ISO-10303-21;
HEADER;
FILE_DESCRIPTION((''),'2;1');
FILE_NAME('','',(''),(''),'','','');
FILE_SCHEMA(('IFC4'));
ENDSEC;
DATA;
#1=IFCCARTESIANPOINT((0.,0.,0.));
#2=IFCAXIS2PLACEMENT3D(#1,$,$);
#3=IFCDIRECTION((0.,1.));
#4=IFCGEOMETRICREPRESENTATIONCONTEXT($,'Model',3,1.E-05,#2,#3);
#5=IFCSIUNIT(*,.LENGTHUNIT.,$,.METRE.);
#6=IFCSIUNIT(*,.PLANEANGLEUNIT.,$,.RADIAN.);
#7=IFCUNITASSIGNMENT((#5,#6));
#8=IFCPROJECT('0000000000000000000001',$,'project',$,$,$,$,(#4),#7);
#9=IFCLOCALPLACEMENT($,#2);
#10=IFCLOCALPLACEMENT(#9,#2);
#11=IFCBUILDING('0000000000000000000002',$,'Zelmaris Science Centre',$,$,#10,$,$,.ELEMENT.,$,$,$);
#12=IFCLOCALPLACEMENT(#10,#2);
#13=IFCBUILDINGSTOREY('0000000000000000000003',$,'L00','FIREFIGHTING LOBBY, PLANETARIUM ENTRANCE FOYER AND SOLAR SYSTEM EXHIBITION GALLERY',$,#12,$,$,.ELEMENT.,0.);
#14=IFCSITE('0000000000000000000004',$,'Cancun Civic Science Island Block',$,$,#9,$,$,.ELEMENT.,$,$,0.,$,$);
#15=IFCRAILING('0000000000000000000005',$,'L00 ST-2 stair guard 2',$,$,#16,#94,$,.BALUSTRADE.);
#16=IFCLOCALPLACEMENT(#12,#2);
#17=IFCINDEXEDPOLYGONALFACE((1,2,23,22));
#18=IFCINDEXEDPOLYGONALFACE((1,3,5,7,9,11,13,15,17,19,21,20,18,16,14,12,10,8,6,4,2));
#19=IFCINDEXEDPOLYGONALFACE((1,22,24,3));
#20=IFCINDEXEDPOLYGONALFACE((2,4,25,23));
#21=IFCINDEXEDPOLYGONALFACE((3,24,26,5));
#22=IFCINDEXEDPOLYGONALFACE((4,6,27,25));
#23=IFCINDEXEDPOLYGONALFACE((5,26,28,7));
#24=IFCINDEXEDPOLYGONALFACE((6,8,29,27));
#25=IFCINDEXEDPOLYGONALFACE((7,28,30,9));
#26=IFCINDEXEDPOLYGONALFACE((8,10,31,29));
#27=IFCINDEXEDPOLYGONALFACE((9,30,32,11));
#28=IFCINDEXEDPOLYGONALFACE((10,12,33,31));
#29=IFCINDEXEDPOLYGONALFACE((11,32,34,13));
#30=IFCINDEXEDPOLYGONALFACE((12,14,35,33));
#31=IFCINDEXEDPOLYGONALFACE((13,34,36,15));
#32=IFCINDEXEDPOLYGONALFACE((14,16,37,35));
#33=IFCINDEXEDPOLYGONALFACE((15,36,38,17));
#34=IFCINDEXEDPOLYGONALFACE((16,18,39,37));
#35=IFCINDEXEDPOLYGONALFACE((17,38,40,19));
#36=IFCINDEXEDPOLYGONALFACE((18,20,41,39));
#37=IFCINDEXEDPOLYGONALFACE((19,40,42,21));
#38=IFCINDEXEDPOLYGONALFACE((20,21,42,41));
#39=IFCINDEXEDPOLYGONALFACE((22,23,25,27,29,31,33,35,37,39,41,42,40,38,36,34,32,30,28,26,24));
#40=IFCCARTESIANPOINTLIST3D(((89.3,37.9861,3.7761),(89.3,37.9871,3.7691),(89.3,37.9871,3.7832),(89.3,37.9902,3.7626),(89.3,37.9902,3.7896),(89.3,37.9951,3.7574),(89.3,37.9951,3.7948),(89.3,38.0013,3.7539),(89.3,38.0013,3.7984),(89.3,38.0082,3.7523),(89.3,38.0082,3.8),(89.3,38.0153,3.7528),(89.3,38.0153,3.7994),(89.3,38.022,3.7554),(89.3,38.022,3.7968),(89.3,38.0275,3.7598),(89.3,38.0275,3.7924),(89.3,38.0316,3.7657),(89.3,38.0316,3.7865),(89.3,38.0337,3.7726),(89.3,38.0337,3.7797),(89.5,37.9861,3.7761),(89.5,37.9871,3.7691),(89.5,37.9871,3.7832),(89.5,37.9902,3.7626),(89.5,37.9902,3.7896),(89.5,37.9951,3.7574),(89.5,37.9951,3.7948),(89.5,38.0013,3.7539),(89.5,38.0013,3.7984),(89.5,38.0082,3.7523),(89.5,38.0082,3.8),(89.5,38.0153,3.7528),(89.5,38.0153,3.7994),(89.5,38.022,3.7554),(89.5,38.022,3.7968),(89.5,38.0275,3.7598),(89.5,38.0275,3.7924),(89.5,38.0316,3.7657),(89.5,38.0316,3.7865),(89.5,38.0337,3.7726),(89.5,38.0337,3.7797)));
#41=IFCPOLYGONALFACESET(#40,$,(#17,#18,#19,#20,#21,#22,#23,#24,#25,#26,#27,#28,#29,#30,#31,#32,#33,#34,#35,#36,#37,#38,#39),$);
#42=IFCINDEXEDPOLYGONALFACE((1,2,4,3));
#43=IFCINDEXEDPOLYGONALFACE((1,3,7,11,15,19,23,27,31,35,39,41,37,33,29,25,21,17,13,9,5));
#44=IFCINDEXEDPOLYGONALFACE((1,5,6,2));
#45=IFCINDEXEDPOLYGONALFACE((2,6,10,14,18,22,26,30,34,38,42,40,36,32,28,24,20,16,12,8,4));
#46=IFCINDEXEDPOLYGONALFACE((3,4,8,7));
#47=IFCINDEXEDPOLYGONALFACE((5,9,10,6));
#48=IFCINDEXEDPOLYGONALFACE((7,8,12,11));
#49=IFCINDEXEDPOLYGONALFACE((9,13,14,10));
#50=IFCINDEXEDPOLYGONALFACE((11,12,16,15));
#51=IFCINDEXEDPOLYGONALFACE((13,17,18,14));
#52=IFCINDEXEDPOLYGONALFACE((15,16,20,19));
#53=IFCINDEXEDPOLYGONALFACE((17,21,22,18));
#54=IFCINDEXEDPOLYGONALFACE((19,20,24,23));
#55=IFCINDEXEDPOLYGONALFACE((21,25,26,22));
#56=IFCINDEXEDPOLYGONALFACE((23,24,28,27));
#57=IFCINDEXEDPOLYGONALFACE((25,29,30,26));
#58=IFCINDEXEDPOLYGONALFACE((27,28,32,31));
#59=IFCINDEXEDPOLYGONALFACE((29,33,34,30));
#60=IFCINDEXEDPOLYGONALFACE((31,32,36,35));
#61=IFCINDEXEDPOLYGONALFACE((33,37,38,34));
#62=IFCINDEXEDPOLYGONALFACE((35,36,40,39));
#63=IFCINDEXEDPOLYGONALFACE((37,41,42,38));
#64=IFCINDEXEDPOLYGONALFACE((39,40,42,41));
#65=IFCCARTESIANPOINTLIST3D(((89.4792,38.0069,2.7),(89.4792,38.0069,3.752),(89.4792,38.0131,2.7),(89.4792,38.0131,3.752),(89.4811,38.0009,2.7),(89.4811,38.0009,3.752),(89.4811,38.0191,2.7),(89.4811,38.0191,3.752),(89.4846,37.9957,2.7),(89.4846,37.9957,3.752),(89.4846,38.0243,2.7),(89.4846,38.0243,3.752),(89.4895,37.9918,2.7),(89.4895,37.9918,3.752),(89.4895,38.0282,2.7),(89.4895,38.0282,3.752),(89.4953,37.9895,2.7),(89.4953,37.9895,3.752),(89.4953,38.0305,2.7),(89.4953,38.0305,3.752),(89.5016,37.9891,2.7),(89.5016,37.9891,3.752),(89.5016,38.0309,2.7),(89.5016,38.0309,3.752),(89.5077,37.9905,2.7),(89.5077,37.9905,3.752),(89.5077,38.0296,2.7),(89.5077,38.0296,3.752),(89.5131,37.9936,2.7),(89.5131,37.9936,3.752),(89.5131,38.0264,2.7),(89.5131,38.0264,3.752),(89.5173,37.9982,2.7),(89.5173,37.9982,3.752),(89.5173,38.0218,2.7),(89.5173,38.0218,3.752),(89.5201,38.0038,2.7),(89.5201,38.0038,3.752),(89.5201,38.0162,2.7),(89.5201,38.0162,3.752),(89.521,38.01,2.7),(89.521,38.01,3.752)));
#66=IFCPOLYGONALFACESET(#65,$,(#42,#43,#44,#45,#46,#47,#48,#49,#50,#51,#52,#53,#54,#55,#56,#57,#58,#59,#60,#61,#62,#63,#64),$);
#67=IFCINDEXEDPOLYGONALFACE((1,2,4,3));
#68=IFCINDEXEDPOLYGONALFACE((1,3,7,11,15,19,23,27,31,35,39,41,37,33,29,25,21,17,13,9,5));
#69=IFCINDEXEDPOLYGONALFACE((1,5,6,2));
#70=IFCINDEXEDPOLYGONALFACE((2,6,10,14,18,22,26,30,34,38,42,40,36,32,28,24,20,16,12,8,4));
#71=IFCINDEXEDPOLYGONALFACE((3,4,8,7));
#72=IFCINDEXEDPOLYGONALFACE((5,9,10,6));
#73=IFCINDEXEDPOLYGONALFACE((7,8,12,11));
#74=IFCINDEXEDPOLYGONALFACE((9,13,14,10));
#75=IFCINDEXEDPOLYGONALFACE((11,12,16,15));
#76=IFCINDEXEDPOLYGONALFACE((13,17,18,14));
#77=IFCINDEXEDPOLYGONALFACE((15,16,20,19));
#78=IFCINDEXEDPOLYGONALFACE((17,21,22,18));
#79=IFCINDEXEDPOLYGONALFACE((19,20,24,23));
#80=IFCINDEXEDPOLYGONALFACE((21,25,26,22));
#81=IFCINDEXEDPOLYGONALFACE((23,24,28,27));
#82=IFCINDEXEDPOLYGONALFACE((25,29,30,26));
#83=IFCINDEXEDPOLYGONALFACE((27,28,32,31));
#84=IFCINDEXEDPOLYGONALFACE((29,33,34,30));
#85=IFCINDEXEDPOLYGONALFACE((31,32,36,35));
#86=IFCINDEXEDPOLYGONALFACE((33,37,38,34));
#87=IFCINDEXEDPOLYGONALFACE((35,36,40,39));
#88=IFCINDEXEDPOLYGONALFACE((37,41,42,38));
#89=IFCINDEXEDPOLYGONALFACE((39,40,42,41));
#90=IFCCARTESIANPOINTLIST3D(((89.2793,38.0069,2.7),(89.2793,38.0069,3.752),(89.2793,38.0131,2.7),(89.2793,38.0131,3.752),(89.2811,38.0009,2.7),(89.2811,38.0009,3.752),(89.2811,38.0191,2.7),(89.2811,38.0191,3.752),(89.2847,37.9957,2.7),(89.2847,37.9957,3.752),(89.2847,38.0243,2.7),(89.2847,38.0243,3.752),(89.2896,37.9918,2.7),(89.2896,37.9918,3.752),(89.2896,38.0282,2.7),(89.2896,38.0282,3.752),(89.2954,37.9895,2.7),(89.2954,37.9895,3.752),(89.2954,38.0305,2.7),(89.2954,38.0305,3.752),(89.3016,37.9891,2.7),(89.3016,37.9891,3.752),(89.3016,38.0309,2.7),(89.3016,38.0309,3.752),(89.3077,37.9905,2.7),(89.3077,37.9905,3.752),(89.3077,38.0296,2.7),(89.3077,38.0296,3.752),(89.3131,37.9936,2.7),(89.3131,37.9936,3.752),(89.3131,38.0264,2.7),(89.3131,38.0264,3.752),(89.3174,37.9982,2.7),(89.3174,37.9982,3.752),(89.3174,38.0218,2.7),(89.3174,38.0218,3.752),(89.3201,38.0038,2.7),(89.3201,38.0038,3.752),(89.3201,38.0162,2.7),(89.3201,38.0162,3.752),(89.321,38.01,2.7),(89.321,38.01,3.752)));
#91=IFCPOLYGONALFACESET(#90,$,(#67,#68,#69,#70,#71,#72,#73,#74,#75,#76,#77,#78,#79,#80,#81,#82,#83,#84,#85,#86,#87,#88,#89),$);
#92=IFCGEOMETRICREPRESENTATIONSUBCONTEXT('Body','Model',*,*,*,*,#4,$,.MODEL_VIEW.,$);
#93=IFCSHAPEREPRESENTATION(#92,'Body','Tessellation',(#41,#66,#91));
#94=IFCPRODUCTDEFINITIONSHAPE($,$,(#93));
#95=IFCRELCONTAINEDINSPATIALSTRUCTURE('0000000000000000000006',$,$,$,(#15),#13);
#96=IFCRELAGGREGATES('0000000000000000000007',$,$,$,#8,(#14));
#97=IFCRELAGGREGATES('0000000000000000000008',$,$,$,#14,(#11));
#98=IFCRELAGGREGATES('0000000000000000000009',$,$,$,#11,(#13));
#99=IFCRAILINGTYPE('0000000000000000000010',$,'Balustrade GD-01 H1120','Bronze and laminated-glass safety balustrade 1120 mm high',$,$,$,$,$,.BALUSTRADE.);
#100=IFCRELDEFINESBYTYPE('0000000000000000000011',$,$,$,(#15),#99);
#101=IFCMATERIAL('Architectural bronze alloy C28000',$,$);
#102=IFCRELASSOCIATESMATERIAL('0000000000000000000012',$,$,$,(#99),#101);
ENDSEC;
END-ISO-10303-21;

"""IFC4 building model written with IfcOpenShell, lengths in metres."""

from ifc_helpers import new_model, si_unit, direction, frame, origin, origin_2d, place, context, subcontext, project, spatial, circle, extrude, material, type_object, element, save


model = new_model("IFC4")

# Units and contexts
model_context = context("Model", 3, precision=1e-05, world=origin(), true_north=direction((0.0, 1.0)))
body_context = subcontext(model_context, "Body", "Model", "MODEL_VIEW")
ifc_project = project(units=[si_unit("LENGTHUNIT", "METRE"), si_unit("PLANEANGLEUNIT", "RADIAN")], contexts=[model_context])

# Site, building, storey
site_placement = place(None, origin())
site = spatial("IfcSite", under=ifc_project, at=site_placement, Name="Cancun Civic Science Island Block", CompositionType="ELEMENT", RefElevation=0.0)
building_placement = place(site_placement, origin())
building = spatial("IfcBuilding", under=site, at=building_placement, Name="Zelmaris Science Centre", CompositionType="ELEMENT")
storey_placement = place(building_placement, origin())
storey = spatial("IfcBuildingStorey", under=building, at=storey_placement, Name="L00", Description="FIREFIGHTING LOBBY, PLANETARIUM ENTRANCE FOYER AND SOLAR SYSTEM EXHIBITION GALLERY", CompositionType="ELEMENT", Elevation=0.0)

# Railing
ifc_material_1 = material(Name="Architectural bronze alloy C28000")
railing_type_1 = type_object("IfcRailingType", Name="Balustrade GD-01 H1120", Description="Bronze and laminated-glass safety balustrade 1120 mm high", PredefinedType="BALUSTRADE", material=ifc_material_1)
railing_1_placement = place(storey_placement, frame((89.5, 38.01, 2.7)))
element("IfcRailing", 1, at=railing_1_placement, inside=storey, type_object=railing_type_1, Name="L00 ST-2 stair guard 2", PredefinedType="BALUSTRADE", context=body_context, shape_type="SweptSolid", body=[
    extrude(circle(Radius=0.0239, at=origin_2d()), frame((0.0, 0.0, 1.0762), z_axis=(-1.0, 0.0, 0.0), x_axis=(0.0, -1.0, 0.0)), (0.0, 0.0, 1.0), 0.2),
    extrude(circle(Radius=0.021, at=origin_2d()), origin(), (0.0, 0.0, 1.0), 1.052),
    extrude(circle(Radius=0.021, at=origin_2d()), frame((-0.2, 0.0, 0.0)), (0.0, 0.0, 1.0), 1.052),
])

save(model, "model.ifc")
